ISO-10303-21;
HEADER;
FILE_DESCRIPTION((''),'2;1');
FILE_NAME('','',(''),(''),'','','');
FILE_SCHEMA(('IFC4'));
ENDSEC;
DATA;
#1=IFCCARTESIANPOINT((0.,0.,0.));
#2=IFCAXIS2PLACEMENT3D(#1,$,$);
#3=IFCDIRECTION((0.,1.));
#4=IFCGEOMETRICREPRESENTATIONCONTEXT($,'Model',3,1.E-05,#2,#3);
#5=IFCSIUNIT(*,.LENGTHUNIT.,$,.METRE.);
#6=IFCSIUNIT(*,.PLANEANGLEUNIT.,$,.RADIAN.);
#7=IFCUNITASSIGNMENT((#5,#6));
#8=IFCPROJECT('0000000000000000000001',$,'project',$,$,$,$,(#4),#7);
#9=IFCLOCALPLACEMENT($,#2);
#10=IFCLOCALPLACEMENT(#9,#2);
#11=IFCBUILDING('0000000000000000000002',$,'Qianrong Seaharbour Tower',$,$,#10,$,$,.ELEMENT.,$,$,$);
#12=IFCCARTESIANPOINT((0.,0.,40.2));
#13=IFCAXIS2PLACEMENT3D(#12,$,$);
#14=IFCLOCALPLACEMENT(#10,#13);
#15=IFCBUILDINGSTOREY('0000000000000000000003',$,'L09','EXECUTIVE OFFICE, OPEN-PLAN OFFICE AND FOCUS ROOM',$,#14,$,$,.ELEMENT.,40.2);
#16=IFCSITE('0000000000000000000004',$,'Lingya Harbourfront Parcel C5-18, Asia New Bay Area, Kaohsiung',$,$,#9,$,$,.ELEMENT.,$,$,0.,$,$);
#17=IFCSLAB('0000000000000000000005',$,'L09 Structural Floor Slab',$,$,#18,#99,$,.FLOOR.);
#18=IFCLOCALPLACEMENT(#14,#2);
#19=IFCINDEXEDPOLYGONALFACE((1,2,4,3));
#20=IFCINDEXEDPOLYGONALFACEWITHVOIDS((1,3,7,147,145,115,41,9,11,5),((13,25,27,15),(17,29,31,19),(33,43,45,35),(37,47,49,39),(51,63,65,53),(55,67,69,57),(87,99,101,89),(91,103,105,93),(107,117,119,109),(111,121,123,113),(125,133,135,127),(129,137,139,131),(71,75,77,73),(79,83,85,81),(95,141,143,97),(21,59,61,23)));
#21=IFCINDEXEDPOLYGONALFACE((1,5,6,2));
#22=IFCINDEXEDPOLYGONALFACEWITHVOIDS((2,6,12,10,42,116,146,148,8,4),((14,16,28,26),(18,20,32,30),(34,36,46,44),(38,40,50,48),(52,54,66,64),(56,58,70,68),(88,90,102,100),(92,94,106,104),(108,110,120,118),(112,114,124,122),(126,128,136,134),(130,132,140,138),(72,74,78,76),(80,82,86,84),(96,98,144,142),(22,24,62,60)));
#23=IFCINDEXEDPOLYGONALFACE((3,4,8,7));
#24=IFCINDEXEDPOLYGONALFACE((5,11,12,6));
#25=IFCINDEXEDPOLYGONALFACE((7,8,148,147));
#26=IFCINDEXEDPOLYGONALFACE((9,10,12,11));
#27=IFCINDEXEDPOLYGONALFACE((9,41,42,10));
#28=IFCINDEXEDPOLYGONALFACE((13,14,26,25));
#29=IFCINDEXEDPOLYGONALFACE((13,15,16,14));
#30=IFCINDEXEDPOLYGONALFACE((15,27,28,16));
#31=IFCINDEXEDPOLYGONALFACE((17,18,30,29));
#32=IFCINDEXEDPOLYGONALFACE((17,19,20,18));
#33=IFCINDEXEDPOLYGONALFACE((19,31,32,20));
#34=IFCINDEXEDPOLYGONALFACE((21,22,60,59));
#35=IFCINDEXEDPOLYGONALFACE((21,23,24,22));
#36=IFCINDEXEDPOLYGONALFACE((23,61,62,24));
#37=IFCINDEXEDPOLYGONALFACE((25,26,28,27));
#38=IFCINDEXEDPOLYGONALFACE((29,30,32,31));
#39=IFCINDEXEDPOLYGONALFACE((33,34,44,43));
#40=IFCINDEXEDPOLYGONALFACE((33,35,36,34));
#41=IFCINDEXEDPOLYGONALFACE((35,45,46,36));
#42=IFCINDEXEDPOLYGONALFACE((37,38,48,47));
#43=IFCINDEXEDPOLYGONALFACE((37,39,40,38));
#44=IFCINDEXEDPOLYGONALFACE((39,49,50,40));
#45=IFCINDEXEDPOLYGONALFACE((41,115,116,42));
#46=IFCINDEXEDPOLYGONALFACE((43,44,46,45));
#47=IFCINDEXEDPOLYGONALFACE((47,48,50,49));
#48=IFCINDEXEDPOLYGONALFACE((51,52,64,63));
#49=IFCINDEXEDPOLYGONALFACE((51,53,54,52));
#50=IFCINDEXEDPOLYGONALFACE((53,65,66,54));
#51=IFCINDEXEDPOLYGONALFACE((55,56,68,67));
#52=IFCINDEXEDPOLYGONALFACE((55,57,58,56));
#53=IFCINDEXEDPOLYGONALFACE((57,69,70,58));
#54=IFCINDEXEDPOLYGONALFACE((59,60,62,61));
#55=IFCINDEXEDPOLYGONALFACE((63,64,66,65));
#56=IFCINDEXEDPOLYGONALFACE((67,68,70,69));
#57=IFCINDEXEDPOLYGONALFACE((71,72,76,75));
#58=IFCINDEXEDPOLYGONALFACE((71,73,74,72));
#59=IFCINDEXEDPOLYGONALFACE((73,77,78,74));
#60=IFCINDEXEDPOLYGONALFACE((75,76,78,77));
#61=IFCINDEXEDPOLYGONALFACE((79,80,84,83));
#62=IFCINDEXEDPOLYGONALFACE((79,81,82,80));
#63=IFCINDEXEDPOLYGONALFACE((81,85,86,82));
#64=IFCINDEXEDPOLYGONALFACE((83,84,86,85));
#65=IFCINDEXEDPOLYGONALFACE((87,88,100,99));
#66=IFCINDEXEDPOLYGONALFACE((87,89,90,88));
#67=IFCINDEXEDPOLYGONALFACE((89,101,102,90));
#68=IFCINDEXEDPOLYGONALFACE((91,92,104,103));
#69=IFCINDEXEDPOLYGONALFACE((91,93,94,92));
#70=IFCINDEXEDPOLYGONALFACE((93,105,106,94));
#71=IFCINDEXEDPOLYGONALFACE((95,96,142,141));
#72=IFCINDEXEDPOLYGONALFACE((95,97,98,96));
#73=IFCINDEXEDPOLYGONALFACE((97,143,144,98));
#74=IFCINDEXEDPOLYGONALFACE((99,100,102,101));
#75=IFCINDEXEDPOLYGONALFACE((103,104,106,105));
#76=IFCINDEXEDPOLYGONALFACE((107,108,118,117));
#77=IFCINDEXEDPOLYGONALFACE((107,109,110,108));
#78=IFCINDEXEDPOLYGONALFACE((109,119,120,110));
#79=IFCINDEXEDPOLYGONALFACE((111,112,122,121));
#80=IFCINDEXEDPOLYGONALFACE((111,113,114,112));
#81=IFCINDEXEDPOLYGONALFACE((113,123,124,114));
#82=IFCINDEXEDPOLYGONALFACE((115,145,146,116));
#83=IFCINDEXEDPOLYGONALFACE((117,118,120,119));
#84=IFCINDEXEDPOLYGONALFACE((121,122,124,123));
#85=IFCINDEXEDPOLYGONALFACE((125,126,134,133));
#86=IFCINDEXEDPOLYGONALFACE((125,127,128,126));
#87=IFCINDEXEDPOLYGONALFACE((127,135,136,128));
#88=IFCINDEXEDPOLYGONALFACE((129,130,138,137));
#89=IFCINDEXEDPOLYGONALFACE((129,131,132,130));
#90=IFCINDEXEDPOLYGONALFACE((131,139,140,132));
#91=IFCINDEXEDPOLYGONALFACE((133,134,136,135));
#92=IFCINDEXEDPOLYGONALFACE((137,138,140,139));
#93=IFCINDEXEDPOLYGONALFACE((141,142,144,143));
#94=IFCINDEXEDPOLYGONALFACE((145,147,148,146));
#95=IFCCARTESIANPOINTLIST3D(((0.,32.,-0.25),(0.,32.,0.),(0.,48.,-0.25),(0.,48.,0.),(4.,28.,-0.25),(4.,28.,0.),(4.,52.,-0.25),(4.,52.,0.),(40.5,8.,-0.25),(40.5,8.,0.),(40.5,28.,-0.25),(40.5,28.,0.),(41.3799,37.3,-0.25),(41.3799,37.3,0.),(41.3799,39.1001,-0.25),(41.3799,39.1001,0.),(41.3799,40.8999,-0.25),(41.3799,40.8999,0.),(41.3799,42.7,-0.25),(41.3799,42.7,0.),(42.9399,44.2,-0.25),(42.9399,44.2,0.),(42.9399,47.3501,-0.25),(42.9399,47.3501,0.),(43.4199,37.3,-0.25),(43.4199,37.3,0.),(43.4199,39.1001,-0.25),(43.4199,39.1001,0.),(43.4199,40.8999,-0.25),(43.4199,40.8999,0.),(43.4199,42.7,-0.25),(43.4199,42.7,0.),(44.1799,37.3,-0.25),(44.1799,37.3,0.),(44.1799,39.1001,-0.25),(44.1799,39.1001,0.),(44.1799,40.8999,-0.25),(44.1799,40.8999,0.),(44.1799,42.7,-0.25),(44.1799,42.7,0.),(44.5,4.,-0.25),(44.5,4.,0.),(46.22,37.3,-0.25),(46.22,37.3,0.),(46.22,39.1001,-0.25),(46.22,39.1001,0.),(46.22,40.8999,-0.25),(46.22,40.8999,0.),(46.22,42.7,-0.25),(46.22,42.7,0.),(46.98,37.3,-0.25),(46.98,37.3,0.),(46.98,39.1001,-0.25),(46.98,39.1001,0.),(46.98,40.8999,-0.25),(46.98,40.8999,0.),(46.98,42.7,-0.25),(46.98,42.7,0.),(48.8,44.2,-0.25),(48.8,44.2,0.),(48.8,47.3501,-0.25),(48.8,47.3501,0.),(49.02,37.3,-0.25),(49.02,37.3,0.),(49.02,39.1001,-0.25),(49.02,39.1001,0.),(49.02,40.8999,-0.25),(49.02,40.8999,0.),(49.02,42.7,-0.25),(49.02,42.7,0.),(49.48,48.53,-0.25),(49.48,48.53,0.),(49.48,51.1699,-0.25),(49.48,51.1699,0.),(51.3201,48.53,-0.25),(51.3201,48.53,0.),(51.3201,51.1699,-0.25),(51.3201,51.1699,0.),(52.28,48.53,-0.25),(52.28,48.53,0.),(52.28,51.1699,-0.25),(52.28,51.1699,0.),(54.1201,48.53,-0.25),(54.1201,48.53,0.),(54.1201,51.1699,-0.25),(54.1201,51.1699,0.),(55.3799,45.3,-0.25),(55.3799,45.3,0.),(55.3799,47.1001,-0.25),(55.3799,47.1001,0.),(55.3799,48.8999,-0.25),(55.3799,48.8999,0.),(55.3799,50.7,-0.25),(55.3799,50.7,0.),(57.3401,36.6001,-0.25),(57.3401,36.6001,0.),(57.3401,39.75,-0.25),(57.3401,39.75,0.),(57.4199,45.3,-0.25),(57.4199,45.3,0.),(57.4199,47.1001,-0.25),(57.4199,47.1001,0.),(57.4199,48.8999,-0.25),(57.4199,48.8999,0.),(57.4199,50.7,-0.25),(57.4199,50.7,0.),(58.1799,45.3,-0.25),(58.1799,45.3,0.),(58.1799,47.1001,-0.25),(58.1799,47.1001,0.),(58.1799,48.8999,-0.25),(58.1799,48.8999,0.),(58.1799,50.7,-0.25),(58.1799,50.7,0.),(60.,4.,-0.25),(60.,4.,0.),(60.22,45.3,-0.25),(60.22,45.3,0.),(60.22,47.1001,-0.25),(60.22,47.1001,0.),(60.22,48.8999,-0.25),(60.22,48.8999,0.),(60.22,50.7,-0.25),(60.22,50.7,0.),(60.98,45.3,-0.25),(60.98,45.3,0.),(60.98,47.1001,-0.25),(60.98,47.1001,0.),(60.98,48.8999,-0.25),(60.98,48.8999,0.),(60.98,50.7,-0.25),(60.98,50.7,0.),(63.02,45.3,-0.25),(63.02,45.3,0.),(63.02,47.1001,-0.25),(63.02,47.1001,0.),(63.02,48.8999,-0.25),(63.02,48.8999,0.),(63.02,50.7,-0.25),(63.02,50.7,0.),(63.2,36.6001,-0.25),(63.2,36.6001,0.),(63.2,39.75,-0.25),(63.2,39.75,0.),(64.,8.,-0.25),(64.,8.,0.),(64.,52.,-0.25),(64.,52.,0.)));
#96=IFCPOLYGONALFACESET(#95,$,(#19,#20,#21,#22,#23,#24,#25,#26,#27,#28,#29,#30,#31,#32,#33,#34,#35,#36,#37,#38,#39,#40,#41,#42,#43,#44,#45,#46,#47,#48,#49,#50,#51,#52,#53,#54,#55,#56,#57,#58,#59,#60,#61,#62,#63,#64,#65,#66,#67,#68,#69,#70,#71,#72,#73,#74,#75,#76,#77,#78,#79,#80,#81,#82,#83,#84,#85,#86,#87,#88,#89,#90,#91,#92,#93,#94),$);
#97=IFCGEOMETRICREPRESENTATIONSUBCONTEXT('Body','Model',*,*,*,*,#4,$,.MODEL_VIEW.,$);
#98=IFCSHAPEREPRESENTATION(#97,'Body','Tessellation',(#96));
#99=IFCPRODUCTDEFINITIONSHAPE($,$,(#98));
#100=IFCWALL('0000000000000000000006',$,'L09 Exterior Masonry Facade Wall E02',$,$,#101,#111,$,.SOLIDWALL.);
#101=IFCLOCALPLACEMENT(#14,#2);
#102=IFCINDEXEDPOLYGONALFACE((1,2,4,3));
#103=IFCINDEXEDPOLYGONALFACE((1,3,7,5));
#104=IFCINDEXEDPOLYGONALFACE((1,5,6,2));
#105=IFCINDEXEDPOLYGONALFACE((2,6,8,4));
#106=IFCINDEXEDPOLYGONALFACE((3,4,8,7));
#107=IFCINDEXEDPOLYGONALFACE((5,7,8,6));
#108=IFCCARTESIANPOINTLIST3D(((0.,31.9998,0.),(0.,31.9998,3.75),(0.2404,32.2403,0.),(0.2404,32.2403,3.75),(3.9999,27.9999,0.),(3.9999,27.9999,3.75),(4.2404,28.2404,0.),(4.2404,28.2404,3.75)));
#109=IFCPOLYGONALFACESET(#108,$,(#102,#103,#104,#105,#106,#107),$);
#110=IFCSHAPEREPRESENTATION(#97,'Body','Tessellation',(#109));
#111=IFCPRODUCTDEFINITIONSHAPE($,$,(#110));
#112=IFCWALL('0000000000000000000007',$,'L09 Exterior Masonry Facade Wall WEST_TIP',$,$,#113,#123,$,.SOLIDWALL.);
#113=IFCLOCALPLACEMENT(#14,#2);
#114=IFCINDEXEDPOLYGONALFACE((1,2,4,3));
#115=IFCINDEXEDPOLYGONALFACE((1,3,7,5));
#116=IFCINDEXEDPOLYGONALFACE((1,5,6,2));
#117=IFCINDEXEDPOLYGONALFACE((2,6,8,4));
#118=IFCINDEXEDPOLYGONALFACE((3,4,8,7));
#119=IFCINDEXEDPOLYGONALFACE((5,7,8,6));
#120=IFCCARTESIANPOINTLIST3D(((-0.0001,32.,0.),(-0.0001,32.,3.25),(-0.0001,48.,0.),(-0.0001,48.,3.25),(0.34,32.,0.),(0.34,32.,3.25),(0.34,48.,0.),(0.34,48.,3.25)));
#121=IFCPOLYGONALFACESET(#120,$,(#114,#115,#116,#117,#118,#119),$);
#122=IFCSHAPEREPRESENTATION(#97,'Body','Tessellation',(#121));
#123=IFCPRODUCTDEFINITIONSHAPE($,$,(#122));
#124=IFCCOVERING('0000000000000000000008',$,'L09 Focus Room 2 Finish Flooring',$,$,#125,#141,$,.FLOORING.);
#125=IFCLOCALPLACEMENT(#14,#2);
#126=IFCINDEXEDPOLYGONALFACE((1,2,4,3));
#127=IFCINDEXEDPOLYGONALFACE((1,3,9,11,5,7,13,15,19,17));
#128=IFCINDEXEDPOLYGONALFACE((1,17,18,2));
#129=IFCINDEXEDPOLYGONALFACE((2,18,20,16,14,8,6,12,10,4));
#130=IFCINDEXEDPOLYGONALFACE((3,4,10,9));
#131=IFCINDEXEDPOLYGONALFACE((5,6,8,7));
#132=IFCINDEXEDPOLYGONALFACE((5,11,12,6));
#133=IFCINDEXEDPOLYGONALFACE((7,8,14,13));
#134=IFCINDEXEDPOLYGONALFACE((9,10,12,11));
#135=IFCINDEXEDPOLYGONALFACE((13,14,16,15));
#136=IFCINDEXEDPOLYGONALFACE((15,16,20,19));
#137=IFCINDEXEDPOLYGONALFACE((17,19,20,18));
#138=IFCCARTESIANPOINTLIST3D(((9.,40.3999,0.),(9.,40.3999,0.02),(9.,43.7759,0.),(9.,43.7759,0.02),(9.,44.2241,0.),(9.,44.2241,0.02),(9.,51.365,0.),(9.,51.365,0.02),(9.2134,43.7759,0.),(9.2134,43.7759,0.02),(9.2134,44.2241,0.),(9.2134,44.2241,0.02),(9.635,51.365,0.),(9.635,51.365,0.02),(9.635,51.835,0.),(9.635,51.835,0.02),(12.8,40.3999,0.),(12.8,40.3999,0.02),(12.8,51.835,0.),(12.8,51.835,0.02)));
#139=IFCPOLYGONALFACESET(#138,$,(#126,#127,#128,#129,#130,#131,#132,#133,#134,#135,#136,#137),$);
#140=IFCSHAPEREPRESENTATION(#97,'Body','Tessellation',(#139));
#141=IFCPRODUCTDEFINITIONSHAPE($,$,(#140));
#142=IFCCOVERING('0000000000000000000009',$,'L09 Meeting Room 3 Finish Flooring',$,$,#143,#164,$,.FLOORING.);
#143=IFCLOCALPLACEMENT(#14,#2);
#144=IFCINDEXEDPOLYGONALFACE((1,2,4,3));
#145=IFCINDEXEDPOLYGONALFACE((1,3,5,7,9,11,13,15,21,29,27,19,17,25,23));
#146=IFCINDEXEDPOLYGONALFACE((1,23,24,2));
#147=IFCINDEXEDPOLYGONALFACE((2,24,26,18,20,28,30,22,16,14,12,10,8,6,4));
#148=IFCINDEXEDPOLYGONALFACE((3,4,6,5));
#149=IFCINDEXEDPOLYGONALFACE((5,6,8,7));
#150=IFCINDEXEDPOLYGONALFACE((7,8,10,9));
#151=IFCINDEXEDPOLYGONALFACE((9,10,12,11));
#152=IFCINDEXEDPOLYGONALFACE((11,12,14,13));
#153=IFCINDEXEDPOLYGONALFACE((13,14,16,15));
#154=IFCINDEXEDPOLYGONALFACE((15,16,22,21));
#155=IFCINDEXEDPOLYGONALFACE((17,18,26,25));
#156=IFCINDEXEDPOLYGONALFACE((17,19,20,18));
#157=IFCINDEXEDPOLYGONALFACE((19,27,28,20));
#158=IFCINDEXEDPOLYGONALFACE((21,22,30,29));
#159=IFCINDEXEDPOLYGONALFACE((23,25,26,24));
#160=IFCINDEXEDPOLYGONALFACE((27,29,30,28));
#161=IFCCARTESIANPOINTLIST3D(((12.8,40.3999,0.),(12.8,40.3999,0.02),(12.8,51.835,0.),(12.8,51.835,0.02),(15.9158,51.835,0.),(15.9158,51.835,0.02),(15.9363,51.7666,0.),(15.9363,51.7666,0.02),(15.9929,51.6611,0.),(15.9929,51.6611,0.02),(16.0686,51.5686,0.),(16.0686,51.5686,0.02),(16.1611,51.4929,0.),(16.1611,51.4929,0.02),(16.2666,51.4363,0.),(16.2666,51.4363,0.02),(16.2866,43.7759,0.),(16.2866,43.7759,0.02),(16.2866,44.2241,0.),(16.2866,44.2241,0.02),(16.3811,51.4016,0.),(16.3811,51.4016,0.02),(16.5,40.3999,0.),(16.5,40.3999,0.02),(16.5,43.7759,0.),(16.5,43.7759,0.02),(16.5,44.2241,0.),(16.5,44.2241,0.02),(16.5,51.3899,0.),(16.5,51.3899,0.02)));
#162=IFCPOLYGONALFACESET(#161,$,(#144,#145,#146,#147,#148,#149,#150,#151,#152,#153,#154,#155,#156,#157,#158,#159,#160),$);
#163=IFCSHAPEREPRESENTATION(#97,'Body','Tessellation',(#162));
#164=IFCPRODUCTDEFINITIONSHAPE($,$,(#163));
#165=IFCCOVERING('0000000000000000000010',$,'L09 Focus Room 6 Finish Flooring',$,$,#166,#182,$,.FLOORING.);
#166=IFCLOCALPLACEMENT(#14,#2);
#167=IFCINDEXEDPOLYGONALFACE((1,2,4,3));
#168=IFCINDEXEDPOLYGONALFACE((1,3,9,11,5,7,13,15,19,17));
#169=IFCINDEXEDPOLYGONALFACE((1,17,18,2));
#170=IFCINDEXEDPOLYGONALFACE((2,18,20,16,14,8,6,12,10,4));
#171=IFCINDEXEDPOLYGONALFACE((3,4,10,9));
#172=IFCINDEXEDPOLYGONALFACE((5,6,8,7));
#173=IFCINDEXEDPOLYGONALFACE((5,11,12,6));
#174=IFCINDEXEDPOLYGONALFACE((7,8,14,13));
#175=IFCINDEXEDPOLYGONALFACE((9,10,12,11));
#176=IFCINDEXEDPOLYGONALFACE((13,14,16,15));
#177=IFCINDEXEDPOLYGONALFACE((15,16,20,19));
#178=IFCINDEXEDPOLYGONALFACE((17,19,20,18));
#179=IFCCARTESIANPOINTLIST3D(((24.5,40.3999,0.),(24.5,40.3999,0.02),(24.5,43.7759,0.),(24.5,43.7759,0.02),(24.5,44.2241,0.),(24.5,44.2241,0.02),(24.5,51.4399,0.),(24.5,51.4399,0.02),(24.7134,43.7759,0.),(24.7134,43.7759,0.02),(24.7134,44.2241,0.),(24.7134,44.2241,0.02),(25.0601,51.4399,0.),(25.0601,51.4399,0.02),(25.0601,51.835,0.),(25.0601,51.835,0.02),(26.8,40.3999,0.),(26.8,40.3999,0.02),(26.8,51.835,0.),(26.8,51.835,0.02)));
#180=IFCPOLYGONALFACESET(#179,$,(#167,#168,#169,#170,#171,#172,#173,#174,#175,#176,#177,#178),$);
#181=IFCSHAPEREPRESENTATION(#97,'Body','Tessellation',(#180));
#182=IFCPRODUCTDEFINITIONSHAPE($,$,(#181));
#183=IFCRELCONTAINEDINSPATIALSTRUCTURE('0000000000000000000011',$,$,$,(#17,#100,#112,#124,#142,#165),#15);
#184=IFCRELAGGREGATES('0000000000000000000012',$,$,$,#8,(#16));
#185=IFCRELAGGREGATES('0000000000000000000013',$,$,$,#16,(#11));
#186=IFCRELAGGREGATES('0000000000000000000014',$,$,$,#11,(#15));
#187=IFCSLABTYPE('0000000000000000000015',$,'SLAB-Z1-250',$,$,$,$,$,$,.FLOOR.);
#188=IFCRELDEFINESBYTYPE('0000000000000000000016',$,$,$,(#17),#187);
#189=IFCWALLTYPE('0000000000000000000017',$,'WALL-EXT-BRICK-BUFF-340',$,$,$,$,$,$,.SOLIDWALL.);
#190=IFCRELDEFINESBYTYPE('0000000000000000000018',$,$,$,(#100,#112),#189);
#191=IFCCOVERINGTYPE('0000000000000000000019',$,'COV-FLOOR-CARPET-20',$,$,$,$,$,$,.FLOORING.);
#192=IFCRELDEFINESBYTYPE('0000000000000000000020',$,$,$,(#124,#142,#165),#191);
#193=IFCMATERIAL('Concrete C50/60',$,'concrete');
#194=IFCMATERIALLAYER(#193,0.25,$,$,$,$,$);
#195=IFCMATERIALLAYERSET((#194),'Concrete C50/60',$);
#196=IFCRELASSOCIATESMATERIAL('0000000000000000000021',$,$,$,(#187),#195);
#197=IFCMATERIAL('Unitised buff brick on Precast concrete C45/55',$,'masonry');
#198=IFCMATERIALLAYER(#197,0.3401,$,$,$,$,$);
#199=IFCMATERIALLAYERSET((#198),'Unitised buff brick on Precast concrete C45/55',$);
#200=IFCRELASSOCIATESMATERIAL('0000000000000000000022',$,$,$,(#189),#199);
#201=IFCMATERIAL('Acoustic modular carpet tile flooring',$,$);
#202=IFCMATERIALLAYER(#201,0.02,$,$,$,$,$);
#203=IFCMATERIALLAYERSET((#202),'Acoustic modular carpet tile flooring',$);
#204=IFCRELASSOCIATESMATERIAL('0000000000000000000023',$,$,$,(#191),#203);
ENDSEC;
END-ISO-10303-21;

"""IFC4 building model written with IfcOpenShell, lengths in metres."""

from ifc_helpers import new_model, si_unit, direction, frame, frame_2d, origin, place, context, subcontext, project, spatial, polyline, rectangle, outline, extrude, material, layer, layer_set, type_object, element, save


model = new_model("IFC4")

# Units and contexts
model_context = context("Model", 3, precision=1e-05, world=origin(), true_north=direction((0.0, 1.0)))
body_context = subcontext(model_context, "Body", "Model", "MODEL_VIEW")
ifc_project = project(units=[si_unit("LENGTHUNIT", "METRE"), si_unit("PLANEANGLEUNIT", "RADIAN")], contexts=[model_context])

# Site, building, storey
site_placement = place(None, origin())
site = spatial("IfcSite", under=ifc_project, at=site_placement, Name="Lingya Harbourfront Parcel C5-18, Asia New Bay Area, Kaohsiung", CompositionType="ELEMENT", RefElevation=0.0)
building_placement = place(site_placement, origin())
building = spatial("IfcBuilding", under=site, at=building_placement, Name="Qianrong Seaharbour Tower", CompositionType="ELEMENT")
storey_placement = place(building_placement, frame((0.0, 0.0, 40.2)))
storey = spatial("IfcBuildingStorey", under=building, at=storey_placement, Name="L09", Description="EXECUTIVE OFFICE, OPEN-PLAN OFFICE AND FOCUS ROOM", CompositionType="ELEMENT", Elevation=40.2)

# Shared definitions
ifc_material_1 = material(Name="Concrete C50/60", Category="concrete")

# Slab
ifc_layer_1 = layer(ifc_material_1, 0.25)
ifc_layer_set_1 = layer_set([ifc_layer_1], Name="Concrete C50/60")
slab_type_1 = type_object("IfcSlabType", Name="SLAB-Z1-250", PredefinedType="FLOOR", material=ifc_layer_set_1)
slab_1_placement = place(storey_placement, frame((0.0, 0.0, -0.25)))
element("IfcSlab", 1, at=slab_1_placement, inside=storey, type_object=slab_type_1, Name="L09 Structural Floor Slab", PredefinedType="FLOOR", context=body_context, shape_type="SweptSolid", body=[
    extrude(outline(polyline([(44.5, 4.0), (60.0, 4.0), (64.0, 8.0), (64.0, 52.0), (4.0, 52.0), (0.0, 48.0), (0.0, 32.0), (4.0, 28.0), (40.5, 28.0), (40.5, 8.0), (44.5, 4.0)]), holes=[polyline([(42.9399, 44.2), (42.9399, 47.3501), (48.8, 47.3501), (48.8, 44.2), (42.9399, 44.2)]), polyline([(57.3401, 36.6001), (57.3401, 39.75), (63.2, 39.75), (63.2, 36.6001), (57.3401, 36.6001)]), polyline([(49.48, 48.53), (49.48, 51.1699), (51.3201, 51.1699), (51.3201, 48.53), (49.48, 48.53)]), polyline([(52.28, 48.53), (52.28, 51.1699), (54.1201, 51.1699), (54.1201, 48.53), (52.28, 48.53)]), polyline([(41.3799, 37.3), (41.3799, 39.1001), (43.4199, 39.1001), (43.4199, 37.3), (41.3799, 37.3)]), polyline([(44.1799, 37.3), (44.1799, 39.1001), (46.22, 39.1001), (46.22, 37.3), (44.1799, 37.3)]), polyline([(46.98, 37.3), (46.98, 39.1001), (49.02, 39.1001), (49.02, 37.3), (46.98, 37.3)]), polyline([(41.3799, 40.8999), (41.3799, 42.7), (43.4199, 42.7), (43.4199, 40.8999), (41.3799, 40.8999)]), polyline([(44.1799, 40.8999), (44.1799, 42.7), (46.22, 42.7), (46.22, 40.8999), (44.1799, 40.8999)]), polyline([(46.98, 40.8999), (46.98, 42.7), (49.02, 42.7), (49.02, 40.8999), (46.98, 40.8999)]), polyline([(55.3799, 45.3), (55.3799, 47.1001), (57.4199, 47.1001), (57.4199, 45.3), (55.3799, 45.3)]), polyline([(58.1799, 45.3), (58.1799, 47.1001), (60.22, 47.1001), (60.22, 45.3), (58.1799, 45.3)]), polyline([(60.98, 45.3), (60.98, 47.1001), (63.02, 47.1001), (63.02, 45.3), (60.98, 45.3)]), polyline([(55.3799, 48.8999), (55.3799, 50.7), (57.4199, 50.7), (57.4199, 48.8999), (55.3799, 48.8999)]), polyline([(58.1799, 48.8999), (58.1799, 50.7), (60.22, 50.7), (60.22, 48.8999), (58.1799, 48.8999)]), polyline([(60.98, 48.8999), (60.98, 50.7), (63.02, 50.7), (63.02, 48.8999), (60.98, 48.8999)])]), origin(), (0.0, 0.0, 1.0), 0.25),
])

# Walls
ifc_material_2 = material(Name="Unitised buff brick on Precast concrete C45/55", Category="masonry")
ifc_layer_2 = layer(ifc_material_2, 0.3401)
ifc_layer_set_2 = layer_set([ifc_layer_2], Name="Unitised buff brick on Precast concrete C45/55")
wall_type = type_object("IfcWallType", Name="WALL-EXT-BRICK-BUFF-340", PredefinedType="SOLIDWALL", material=ifc_layer_set_2)
wall_1_placement = place(storey_placement, frame((4.1201, 28.1201, 0.0), z_axis=(0.0, 0.0, 1.0), x_axis=(-0.707107, 0.707107, 0.0)))
element("IfcWall", 2, at=wall_1_placement, inside=storey, type_object=wall_type, Name="L09 Exterior Masonry Facade Wall E02", PredefinedType="SOLIDWALL", context=body_context, shape_type="SweptSolid", body=[
    extrude(rectangle(XDim=5.6567, YDim=0.3401, at=frame_2d((2.8284, 0.0))), origin(), (0.0, 0.0, 1.0), 3.75),
])
wall_2_placement = place(storey_placement, frame((0.1699, 32.0, 0.0), z_axis=(0.0, 0.0, 1.0), x_axis=(0.0, 1.0, 0.0)))
element("IfcWall", 3, at=wall_2_placement, inside=storey, type_object=wall_type, Name="L09 Exterior Masonry Facade Wall WEST_TIP", PredefinedType="SOLIDWALL", context=body_context, shape_type="SweptSolid", body=[
    extrude(rectangle(XDim=16.0, YDim=0.3401, at=frame_2d((8.0, 0.0))), origin(), (0.0, 0.0, 1.0), 3.25),
])

# Coverings
ifc_material_3 = material(Name="Acoustic modular carpet tile flooring")
ifc_layer_3 = layer(ifc_material_3, 0.02)
ifc_layer_set_3 = layer_set([ifc_layer_3], Name="Acoustic modular carpet tile flooring")
covering_type_1 = type_object("IfcCoveringType", Name="COV-FLOOR-CARPET-20", PredefinedType="FLOORING", material=ifc_layer_set_3)
covering_1_placement = place(storey_placement, origin())
element("IfcCovering", 4, at=covering_1_placement, inside=storey, type_object=covering_type_1, Name="L09 Focus Room 2 Finish Flooring", PredefinedType="FLOORING", context=body_context, shape_type="SweptSolid", body=[
    extrude(outline(polyline([(9.0, 43.7759), (9.2134, 43.7759), (9.2134, 44.2241), (9.0, 44.2241), (9.0, 51.365), (9.635, 51.365), (9.635, 51.835), (12.8, 51.835), (12.8, 40.3999), (9.0, 40.3999), (9.0, 43.7759)])), origin(), (0.0, 0.0, 1.0), 0.02),
])
covering_2_placement = place(storey_placement, origin())
element("IfcCovering", 5, at=covering_2_placement, inside=storey, type_object=covering_type_1, Name="L09 Meeting Room 3 Finish Flooring", PredefinedType="FLOORING", context=body_context, shape_type="SweptSolid", body=[
    extrude(outline(polyline([(12.8, 51.835), (15.9158, 51.835), (15.9363, 51.7666), (15.9929, 51.6611), (16.0686, 51.5686), (16.1611, 51.4929), (16.2666, 51.4363), (16.3811, 51.4016), (16.5, 51.3899), (16.5, 44.2241), (16.2866, 44.2241), (16.2866, 43.7759), (16.5, 43.7759), (16.5, 40.3999), (12.8, 40.3999), (12.8, 51.835)])), origin(), (0.0, 0.0, 1.0), 0.02),
])
covering_3_placement = place(storey_placement, origin())
element("IfcCovering", 6, at=covering_3_placement, inside=storey, type_object=covering_type_1, Name="L09 Focus Room 6 Finish Flooring", PredefinedType="FLOORING", context=body_context, shape_type="SweptSolid", body=[
    extrude(outline(polyline([(24.5, 43.7759), (24.7134, 43.7759), (24.7134, 44.2241), (24.5, 44.2241), (24.5, 51.4399), (25.0601, 51.4399), (25.0601, 51.835), (26.8, 51.835), (26.8, 40.3999), (24.5, 40.3999), (24.5, 43.7759)])), origin(), (0.0, 0.0, 1.0), 0.02),
])

save(model, "model.ifc")
